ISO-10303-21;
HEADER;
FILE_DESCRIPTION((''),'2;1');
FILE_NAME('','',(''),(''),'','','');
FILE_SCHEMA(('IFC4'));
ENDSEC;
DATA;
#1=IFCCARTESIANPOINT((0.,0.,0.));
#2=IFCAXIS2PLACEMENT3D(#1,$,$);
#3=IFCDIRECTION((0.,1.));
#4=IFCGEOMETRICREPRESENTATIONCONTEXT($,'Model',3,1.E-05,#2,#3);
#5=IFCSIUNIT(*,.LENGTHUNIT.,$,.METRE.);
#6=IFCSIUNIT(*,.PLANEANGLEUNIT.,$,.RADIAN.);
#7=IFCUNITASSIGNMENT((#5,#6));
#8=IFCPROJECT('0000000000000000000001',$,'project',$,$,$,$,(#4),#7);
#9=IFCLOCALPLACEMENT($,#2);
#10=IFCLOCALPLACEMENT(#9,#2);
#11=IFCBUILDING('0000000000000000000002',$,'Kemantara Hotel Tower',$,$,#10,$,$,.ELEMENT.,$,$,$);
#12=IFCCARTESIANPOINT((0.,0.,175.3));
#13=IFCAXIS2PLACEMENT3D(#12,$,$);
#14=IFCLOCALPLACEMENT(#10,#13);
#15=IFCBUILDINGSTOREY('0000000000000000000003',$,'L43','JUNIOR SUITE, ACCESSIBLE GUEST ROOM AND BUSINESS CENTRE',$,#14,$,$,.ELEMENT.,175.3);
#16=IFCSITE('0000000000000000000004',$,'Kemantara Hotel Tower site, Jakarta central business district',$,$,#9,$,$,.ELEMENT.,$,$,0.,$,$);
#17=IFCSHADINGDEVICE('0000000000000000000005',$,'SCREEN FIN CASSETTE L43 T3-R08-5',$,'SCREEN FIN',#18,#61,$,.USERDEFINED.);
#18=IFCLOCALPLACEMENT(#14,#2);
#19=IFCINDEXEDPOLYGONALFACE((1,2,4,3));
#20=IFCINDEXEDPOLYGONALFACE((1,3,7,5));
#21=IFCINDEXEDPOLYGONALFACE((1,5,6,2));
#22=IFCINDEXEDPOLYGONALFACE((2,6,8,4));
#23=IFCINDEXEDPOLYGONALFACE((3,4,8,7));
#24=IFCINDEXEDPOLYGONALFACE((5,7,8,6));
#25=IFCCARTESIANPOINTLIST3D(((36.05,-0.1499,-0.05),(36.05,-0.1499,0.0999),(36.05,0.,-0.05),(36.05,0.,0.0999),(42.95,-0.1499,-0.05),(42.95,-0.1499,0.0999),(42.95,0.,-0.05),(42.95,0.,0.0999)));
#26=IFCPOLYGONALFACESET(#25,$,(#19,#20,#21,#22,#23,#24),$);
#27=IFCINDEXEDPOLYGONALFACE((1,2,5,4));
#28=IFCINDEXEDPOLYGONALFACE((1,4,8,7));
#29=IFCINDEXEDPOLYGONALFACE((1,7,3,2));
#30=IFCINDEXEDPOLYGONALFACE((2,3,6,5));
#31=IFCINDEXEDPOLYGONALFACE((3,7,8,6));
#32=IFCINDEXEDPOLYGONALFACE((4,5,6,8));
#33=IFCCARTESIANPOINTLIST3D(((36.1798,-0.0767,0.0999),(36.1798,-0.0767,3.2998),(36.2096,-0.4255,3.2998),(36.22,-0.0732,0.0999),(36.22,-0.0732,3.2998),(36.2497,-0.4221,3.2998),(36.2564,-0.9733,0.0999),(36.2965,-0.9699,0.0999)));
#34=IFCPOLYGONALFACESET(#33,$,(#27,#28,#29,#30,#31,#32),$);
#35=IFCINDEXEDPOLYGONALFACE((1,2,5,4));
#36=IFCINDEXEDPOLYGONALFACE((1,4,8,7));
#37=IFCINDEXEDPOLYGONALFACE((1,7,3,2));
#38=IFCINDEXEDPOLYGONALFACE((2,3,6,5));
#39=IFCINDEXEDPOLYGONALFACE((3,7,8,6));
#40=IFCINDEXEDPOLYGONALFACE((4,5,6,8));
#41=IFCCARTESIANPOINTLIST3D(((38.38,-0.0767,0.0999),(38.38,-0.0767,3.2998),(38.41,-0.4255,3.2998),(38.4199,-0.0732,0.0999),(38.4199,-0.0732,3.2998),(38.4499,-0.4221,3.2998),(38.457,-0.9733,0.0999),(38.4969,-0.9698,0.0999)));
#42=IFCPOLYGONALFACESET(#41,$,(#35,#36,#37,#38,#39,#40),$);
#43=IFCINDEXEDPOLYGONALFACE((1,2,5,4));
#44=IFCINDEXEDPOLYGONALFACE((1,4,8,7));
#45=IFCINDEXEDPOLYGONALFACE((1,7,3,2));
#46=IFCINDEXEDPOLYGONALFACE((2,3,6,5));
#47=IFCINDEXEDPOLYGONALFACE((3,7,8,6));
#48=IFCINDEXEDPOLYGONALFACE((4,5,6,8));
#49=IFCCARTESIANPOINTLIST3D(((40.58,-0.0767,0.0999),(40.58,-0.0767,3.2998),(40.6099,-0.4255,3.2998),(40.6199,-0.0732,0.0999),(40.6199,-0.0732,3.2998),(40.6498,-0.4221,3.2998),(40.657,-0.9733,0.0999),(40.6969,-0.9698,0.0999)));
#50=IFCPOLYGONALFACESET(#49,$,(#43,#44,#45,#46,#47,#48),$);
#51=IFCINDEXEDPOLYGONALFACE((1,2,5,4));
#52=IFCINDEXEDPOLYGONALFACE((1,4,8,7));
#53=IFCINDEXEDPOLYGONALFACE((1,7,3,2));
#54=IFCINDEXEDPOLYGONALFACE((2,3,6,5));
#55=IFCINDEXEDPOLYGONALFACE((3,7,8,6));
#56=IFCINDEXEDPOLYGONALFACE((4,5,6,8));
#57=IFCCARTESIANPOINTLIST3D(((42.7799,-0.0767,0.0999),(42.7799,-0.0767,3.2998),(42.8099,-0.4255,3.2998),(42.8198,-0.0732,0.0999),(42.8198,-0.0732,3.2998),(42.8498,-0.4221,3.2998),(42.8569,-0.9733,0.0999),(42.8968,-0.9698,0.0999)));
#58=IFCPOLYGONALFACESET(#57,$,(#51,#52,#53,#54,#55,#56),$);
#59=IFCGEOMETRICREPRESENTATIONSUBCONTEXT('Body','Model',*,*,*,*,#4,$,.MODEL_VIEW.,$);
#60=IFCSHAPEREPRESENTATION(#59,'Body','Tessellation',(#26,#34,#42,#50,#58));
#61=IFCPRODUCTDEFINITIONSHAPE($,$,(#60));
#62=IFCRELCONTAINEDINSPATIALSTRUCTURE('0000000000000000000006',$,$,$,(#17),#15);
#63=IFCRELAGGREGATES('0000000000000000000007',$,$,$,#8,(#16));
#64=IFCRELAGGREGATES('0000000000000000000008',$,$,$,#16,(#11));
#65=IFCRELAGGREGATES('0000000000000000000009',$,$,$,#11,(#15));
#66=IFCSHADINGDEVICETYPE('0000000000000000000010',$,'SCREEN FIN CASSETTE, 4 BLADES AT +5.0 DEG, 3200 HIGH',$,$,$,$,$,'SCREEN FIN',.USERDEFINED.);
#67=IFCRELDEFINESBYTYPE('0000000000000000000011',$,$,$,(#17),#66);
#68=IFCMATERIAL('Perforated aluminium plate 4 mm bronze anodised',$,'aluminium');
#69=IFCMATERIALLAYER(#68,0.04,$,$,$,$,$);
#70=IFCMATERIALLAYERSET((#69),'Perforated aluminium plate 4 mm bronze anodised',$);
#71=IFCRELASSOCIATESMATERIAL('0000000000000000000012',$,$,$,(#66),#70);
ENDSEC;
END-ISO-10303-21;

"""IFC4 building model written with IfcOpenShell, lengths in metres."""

from ifc_helpers import new_model, si_unit, direction, frame, origin, origin_2d, place, context, subcontext, project, spatial, polyline, rectangle, outline, extrude, source, transform, mapped, material, layer, layer_set, type_object, element, save


model = new_model("IFC4")

# Units and contexts
model_context = context("Model", 3, precision=1e-05, world=origin(), true_north=direction((0.0, 1.0)))
body_context = subcontext(model_context, "Body", "Model", "MODEL_VIEW")
ifc_project = project(units=[si_unit("LENGTHUNIT", "METRE"), si_unit("PLANEANGLEUNIT", "RADIAN")], contexts=[model_context])

# Site, building, storey
site_placement = place(None, origin())
site = spatial("IfcSite", under=ifc_project, at=site_placement, Name="Kemantara Hotel Tower site, Jakarta central business district", CompositionType="ELEMENT", RefElevation=0.0)
building_placement = place(site_placement, origin())
building = spatial("IfcBuilding", under=site, at=building_placement, Name="Kemantara Hotel Tower", CompositionType="ELEMENT")
storey_placement = place(building_placement, frame((0.0, 0.0, 175.3)))
storey = spatial("IfcBuildingStorey", under=building, at=storey_placement, Name="L43", Description="JUNIOR SUITE, ACCESSIBLE GUEST ROOM AND BUSINESS CENTRE", CompositionType="ELEMENT", Elevation=175.3)

# Shading device
ifc_material_1 = material(Name="Perforated aluminium plate 4 mm bronze anodised", Category="aluminium")
ifc_layer_1 = layer(ifc_material_1, 0.04)
ifc_layer_set_1 = layer_set([ifc_layer_1], Name="Perforated aluminium plate 4 mm bronze anodised")
shading_device_type_1 = type_object("IfcShadingDeviceType", Name="SCREEN FIN CASSETTE, 4 BLADES AT +5.0 DEG, 3200 HIGH", ElementType="SCREEN FIN", PredefinedType="USERDEFINED", material=ifc_layer_set_1)
shared_shape_1 = source(origin(), body_context, "Body", "SweptSolid", [
    extrude(rectangle(XDim=6.8999, YDim=0.1499, at=origin_2d()), frame((3.3, -0.075, -0.1499), z_axis=(0.0, 0.0, 1.0), x_axis=(1.0, 0.0, 0.0)), (0.0, 0.0, 1.0), 0.1499),
    extrude(outline(polyline([(0.0, 0.0), (0.8999, 0.0), (0.3501, 3.2), (0.0, 3.2), (0.0, 0.0)])), frame((0.02, -0.0732, 0.0), z_axis=(-0.996376, -0.085056, 0.0), x_axis=(0.085056, -0.996376, 0.0)), (0.0, 0.0, 1.0), 0.0403),
    extrude(outline(polyline([(0.0, 0.0), (0.8999, 0.0), (0.3501, 3.2), (0.0, 3.2), (0.0, 0.0)])), frame((2.22, -0.0732, 0.0), z_axis=(-0.996332, -0.085575, 0.0), x_axis=(0.085575, -0.996332, 0.0)), (0.0, 0.0, 1.0), 0.04),
    extrude(outline(polyline([(0.0, 0.0), (0.8999, 0.0), (0.3501, 3.2), (0.0, 3.2), (0.0, 0.0)])), frame((4.4199, -0.0732, 0.0), z_axis=(-0.996332, -0.085575, 0.0), x_axis=(0.085575, -0.996332, 0.0)), (0.0, 0.0, 1.0), 0.04),
    extrude(outline(polyline([(0.0, 0.0), (0.8999, 0.0), (0.3501, 3.2), (0.0, 3.2), (0.0, 0.0)])), frame((6.6199, -0.0732, 0.0), z_axis=(-0.996332, -0.085575, 0.0), x_axis=(0.085575, -0.996332, 0.0)), (0.0, 0.0, 1.0), 0.04),
])
shading_device_1_placement = place(storey_placement, frame((36.2, 0.0, 0.0999), z_axis=(0.0, 0.0, 1.0), x_axis=(1.0, 0.0, 0.0)))
element("IfcShadingDevice", 1, at=shading_device_1_placement, inside=storey, type_object=shading_device_type_1, Name="SCREEN FIN CASSETTE L43 T3-R08-5", ObjectType="SCREEN FIN", PredefinedType="USERDEFINED", context=body_context, shape_type="MappedRepresentation", body=[
    mapped(shared_shape_1, transform((0.0, 0.0, 0.0))),
])

save(model, "model.ifc")
